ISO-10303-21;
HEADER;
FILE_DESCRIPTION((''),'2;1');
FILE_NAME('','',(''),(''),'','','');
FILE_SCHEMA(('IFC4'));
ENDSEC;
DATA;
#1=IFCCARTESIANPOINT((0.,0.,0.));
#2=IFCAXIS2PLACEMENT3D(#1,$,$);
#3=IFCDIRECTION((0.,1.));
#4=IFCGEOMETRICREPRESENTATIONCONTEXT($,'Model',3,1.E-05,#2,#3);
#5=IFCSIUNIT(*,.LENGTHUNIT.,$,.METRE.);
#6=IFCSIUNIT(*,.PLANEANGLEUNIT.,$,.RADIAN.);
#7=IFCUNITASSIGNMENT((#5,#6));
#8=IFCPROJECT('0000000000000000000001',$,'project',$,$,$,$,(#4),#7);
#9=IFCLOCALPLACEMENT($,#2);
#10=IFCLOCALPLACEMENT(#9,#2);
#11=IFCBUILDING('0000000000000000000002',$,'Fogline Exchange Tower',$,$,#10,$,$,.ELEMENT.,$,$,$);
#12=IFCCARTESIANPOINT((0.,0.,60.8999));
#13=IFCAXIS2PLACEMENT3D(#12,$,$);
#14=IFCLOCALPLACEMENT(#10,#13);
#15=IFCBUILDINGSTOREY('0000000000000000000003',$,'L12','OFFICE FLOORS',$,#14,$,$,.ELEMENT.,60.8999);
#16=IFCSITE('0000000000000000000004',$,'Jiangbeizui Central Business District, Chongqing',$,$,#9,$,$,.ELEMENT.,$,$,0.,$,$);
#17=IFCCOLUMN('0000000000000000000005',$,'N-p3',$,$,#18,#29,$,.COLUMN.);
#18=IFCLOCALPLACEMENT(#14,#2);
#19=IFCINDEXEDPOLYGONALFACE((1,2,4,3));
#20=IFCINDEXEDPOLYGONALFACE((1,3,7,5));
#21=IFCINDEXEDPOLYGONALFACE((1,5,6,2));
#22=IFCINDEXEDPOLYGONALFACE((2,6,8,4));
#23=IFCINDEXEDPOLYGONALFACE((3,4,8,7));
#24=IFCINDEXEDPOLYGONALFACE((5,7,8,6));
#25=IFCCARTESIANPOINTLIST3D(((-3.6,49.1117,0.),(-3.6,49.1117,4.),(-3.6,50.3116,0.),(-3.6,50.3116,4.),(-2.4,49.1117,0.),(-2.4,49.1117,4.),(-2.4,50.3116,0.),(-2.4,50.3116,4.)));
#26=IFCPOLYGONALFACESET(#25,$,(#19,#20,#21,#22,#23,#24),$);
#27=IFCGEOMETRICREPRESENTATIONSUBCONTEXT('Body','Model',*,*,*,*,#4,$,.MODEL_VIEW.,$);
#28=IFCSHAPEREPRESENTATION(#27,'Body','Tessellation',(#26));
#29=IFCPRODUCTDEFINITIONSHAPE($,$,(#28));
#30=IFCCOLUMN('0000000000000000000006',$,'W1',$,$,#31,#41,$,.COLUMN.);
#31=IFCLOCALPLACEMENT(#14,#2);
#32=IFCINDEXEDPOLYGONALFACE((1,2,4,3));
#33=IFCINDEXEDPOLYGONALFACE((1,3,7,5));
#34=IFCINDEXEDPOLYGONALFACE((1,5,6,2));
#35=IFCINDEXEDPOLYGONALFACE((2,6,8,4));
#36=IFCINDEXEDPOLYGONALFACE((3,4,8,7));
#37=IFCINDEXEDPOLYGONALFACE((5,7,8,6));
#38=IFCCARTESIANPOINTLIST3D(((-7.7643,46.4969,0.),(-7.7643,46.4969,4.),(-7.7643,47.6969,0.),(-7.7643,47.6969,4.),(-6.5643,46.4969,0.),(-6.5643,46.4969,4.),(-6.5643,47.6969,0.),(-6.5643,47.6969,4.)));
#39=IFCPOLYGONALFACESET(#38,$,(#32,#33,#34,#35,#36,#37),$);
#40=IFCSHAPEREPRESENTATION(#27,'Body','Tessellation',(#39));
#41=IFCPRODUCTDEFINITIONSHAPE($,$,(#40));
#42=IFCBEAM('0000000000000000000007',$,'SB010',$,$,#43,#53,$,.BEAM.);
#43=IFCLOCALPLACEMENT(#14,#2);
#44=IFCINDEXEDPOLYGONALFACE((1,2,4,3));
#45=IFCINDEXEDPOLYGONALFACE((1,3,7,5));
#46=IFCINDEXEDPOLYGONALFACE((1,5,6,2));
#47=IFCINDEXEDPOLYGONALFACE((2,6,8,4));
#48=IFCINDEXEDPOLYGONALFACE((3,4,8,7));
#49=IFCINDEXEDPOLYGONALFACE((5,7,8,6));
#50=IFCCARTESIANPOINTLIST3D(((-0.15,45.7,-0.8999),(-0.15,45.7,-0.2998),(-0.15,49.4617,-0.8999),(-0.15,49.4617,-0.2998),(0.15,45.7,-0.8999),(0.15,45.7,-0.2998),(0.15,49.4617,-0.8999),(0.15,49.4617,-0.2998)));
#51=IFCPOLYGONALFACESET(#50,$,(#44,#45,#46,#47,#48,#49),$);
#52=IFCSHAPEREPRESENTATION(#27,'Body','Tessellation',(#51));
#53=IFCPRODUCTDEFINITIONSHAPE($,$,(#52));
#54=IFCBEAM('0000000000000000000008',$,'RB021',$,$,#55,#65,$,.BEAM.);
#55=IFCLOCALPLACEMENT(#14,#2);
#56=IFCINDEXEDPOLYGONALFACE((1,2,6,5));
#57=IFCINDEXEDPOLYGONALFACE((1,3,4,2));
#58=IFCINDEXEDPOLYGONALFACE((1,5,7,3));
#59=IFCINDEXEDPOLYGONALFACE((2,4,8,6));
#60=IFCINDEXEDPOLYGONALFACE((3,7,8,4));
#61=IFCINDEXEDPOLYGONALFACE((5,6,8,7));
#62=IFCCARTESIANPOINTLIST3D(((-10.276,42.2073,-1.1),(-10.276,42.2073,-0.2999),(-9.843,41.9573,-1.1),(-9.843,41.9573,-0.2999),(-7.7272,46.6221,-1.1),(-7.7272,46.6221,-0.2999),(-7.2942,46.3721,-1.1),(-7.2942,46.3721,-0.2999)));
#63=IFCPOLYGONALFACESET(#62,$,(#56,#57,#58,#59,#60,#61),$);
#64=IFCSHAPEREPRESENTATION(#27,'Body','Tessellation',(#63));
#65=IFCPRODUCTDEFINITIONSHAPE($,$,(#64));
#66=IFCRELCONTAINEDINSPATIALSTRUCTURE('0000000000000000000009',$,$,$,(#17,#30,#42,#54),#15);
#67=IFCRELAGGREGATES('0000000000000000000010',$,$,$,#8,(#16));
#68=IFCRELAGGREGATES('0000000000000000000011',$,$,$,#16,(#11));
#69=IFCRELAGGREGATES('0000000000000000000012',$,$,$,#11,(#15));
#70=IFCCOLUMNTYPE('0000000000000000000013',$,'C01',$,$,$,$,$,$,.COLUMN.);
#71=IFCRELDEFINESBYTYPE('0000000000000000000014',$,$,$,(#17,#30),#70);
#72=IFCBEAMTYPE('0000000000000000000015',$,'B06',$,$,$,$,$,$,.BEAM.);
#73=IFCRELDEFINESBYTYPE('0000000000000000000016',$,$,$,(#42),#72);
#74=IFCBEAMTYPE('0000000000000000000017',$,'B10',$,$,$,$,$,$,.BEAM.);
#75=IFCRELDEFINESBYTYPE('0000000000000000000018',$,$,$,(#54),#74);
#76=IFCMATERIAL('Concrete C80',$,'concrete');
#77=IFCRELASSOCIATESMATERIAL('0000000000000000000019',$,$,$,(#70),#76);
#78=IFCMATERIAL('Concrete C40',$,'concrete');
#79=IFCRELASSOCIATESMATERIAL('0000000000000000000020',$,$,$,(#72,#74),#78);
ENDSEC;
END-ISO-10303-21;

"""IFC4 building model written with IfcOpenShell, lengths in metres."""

from ifc_helpers import new_model, si_unit, direction, frame, origin, origin_2d, place, context, subcontext, project, spatial, rectangle, extrude, material, material_profile, profile_set, type_object, element, save


model = new_model("IFC4")

# Units and contexts
model_context = context("Model", 3, precision=1e-05, world=origin(), true_north=direction((0.0, 1.0)))
body_context = subcontext(model_context, "Body", "Model", "MODEL_VIEW")
ifc_project = project(units=[si_unit("LENGTHUNIT", "METRE"), si_unit("PLANEANGLEUNIT", "RADIAN")], contexts=[model_context])

# Site, building, storey
site_placement = place(None, origin())
site = spatial("IfcSite", under=ifc_project, at=site_placement, Name="Jiangbeizui Central Business District, Chongqing", CompositionType="ELEMENT", RefElevation=0.0)
building_placement = place(site_placement, origin())
building = spatial("IfcBuilding", under=site, at=building_placement, Name="Fogline Exchange Tower", CompositionType="ELEMENT")
storey_placement = place(building_placement, frame((0.0, 0.0, 60.8999)))
storey = spatial("IfcBuildingStorey", under=building, at=storey_placement, Name="L12", Description="OFFICE FLOORS", CompositionType="ELEMENT", Elevation=60.8999)

# Columns
ifc_material_1 = material(Name="Concrete C80", Category="concrete")
ifc_material_profile_1 = material_profile(ifc_material_1, rectangle(XDim=1.2, YDim=1.2, at=origin_2d()), Name="RC 1200x1200")
ifc_profile_set_1 = profile_set([ifc_material_profile_1], Name="Concrete C80")
column_type = type_object("IfcColumnType", Name="C01", PredefinedType="COLUMN", material=ifc_profile_set_1)
for number, where, z_axis, x_axis, name in (
    (1, (-3.0, 49.7117, 0.0), (0.0, 0.0, 1.0), (1.0, 0.0, 0.0), "N-p3"),
    (2, (-7.1643, 47.0969, 0.0), (0.0, 0.0, 1.0), (1.0, 0.0, 0.0), "W1"),
):
    element("IfcColumn", number, at=place(storey_placement, frame(where, z_axis=z_axis, x_axis=x_axis)), inside=storey, type_object=column_type, Name=name, PredefinedType="COLUMN", context=body_context, shape_type="SweptSolid", body=[
        extrude(rectangle(XDim=1.2, YDim=1.2, at=origin_2d()), origin(), (0.0, 0.0, 1.0), 4.0),
    ])

# Beams
ifc_material_2 = material(Name="Concrete C40", Category="concrete")
ifc_material_profile_2 = material_profile(ifc_material_2, rectangle(XDim=0.3, YDim=0.6001, at=origin_2d()), Name="RC 300x600")
ifc_profile_set_2 = profile_set([ifc_material_profile_2], Name="Concrete C40")
beam_type_1 = type_object("IfcBeamType", Name="B06", PredefinedType="BEAM", material=ifc_profile_set_2)
beam_1_placement = place(storey_placement, frame((0.0, 45.7, -0.5999), z_axis=(0.0, 1.0, 0.0), x_axis=(-1.0, 0.0, 0.0)))
element("IfcBeam", 3, at=beam_1_placement, inside=storey, type_object=beam_type_1, Name="SB010", PredefinedType="BEAM", context=body_context, shape_type="SweptSolid", body=[
    extrude(rectangle(XDim=0.3, YDim=0.6001, at=origin_2d()), origin(), (0.0, 0.0, 1.0), 3.7617),
])
ifc_material_profile_3 = material_profile(ifc_material_2, rectangle(XDim=0.5, YDim=0.8, at=origin_2d()), Name="RC 500x800")
ifc_profile_set_3 = profile_set([ifc_material_profile_3], Name="Concrete C40")
beam_type_2 = type_object("IfcBeamType", Name="B10", PredefinedType="BEAM", material=ifc_profile_set_3)
beam_2_placement = place(storey_placement, frame((-7.5107, 46.4971, -0.7), z_axis=(-0.499992, -0.86603, 0.0), x_axis=(0.86603, -0.499992, 0.0)))
element("IfcBeam", 4, at=beam_2_placement, inside=storey, type_object=beam_type_2, Name="RB021", PredefinedType="BEAM", context=body_context, shape_type="SweptSolid", body=[
    extrude(rectangle(XDim=0.5, YDim=0.8, at=origin_2d()), origin(), (0.0, 0.0, 1.0), 5.0977),
])

save(model, "model.ifc")
